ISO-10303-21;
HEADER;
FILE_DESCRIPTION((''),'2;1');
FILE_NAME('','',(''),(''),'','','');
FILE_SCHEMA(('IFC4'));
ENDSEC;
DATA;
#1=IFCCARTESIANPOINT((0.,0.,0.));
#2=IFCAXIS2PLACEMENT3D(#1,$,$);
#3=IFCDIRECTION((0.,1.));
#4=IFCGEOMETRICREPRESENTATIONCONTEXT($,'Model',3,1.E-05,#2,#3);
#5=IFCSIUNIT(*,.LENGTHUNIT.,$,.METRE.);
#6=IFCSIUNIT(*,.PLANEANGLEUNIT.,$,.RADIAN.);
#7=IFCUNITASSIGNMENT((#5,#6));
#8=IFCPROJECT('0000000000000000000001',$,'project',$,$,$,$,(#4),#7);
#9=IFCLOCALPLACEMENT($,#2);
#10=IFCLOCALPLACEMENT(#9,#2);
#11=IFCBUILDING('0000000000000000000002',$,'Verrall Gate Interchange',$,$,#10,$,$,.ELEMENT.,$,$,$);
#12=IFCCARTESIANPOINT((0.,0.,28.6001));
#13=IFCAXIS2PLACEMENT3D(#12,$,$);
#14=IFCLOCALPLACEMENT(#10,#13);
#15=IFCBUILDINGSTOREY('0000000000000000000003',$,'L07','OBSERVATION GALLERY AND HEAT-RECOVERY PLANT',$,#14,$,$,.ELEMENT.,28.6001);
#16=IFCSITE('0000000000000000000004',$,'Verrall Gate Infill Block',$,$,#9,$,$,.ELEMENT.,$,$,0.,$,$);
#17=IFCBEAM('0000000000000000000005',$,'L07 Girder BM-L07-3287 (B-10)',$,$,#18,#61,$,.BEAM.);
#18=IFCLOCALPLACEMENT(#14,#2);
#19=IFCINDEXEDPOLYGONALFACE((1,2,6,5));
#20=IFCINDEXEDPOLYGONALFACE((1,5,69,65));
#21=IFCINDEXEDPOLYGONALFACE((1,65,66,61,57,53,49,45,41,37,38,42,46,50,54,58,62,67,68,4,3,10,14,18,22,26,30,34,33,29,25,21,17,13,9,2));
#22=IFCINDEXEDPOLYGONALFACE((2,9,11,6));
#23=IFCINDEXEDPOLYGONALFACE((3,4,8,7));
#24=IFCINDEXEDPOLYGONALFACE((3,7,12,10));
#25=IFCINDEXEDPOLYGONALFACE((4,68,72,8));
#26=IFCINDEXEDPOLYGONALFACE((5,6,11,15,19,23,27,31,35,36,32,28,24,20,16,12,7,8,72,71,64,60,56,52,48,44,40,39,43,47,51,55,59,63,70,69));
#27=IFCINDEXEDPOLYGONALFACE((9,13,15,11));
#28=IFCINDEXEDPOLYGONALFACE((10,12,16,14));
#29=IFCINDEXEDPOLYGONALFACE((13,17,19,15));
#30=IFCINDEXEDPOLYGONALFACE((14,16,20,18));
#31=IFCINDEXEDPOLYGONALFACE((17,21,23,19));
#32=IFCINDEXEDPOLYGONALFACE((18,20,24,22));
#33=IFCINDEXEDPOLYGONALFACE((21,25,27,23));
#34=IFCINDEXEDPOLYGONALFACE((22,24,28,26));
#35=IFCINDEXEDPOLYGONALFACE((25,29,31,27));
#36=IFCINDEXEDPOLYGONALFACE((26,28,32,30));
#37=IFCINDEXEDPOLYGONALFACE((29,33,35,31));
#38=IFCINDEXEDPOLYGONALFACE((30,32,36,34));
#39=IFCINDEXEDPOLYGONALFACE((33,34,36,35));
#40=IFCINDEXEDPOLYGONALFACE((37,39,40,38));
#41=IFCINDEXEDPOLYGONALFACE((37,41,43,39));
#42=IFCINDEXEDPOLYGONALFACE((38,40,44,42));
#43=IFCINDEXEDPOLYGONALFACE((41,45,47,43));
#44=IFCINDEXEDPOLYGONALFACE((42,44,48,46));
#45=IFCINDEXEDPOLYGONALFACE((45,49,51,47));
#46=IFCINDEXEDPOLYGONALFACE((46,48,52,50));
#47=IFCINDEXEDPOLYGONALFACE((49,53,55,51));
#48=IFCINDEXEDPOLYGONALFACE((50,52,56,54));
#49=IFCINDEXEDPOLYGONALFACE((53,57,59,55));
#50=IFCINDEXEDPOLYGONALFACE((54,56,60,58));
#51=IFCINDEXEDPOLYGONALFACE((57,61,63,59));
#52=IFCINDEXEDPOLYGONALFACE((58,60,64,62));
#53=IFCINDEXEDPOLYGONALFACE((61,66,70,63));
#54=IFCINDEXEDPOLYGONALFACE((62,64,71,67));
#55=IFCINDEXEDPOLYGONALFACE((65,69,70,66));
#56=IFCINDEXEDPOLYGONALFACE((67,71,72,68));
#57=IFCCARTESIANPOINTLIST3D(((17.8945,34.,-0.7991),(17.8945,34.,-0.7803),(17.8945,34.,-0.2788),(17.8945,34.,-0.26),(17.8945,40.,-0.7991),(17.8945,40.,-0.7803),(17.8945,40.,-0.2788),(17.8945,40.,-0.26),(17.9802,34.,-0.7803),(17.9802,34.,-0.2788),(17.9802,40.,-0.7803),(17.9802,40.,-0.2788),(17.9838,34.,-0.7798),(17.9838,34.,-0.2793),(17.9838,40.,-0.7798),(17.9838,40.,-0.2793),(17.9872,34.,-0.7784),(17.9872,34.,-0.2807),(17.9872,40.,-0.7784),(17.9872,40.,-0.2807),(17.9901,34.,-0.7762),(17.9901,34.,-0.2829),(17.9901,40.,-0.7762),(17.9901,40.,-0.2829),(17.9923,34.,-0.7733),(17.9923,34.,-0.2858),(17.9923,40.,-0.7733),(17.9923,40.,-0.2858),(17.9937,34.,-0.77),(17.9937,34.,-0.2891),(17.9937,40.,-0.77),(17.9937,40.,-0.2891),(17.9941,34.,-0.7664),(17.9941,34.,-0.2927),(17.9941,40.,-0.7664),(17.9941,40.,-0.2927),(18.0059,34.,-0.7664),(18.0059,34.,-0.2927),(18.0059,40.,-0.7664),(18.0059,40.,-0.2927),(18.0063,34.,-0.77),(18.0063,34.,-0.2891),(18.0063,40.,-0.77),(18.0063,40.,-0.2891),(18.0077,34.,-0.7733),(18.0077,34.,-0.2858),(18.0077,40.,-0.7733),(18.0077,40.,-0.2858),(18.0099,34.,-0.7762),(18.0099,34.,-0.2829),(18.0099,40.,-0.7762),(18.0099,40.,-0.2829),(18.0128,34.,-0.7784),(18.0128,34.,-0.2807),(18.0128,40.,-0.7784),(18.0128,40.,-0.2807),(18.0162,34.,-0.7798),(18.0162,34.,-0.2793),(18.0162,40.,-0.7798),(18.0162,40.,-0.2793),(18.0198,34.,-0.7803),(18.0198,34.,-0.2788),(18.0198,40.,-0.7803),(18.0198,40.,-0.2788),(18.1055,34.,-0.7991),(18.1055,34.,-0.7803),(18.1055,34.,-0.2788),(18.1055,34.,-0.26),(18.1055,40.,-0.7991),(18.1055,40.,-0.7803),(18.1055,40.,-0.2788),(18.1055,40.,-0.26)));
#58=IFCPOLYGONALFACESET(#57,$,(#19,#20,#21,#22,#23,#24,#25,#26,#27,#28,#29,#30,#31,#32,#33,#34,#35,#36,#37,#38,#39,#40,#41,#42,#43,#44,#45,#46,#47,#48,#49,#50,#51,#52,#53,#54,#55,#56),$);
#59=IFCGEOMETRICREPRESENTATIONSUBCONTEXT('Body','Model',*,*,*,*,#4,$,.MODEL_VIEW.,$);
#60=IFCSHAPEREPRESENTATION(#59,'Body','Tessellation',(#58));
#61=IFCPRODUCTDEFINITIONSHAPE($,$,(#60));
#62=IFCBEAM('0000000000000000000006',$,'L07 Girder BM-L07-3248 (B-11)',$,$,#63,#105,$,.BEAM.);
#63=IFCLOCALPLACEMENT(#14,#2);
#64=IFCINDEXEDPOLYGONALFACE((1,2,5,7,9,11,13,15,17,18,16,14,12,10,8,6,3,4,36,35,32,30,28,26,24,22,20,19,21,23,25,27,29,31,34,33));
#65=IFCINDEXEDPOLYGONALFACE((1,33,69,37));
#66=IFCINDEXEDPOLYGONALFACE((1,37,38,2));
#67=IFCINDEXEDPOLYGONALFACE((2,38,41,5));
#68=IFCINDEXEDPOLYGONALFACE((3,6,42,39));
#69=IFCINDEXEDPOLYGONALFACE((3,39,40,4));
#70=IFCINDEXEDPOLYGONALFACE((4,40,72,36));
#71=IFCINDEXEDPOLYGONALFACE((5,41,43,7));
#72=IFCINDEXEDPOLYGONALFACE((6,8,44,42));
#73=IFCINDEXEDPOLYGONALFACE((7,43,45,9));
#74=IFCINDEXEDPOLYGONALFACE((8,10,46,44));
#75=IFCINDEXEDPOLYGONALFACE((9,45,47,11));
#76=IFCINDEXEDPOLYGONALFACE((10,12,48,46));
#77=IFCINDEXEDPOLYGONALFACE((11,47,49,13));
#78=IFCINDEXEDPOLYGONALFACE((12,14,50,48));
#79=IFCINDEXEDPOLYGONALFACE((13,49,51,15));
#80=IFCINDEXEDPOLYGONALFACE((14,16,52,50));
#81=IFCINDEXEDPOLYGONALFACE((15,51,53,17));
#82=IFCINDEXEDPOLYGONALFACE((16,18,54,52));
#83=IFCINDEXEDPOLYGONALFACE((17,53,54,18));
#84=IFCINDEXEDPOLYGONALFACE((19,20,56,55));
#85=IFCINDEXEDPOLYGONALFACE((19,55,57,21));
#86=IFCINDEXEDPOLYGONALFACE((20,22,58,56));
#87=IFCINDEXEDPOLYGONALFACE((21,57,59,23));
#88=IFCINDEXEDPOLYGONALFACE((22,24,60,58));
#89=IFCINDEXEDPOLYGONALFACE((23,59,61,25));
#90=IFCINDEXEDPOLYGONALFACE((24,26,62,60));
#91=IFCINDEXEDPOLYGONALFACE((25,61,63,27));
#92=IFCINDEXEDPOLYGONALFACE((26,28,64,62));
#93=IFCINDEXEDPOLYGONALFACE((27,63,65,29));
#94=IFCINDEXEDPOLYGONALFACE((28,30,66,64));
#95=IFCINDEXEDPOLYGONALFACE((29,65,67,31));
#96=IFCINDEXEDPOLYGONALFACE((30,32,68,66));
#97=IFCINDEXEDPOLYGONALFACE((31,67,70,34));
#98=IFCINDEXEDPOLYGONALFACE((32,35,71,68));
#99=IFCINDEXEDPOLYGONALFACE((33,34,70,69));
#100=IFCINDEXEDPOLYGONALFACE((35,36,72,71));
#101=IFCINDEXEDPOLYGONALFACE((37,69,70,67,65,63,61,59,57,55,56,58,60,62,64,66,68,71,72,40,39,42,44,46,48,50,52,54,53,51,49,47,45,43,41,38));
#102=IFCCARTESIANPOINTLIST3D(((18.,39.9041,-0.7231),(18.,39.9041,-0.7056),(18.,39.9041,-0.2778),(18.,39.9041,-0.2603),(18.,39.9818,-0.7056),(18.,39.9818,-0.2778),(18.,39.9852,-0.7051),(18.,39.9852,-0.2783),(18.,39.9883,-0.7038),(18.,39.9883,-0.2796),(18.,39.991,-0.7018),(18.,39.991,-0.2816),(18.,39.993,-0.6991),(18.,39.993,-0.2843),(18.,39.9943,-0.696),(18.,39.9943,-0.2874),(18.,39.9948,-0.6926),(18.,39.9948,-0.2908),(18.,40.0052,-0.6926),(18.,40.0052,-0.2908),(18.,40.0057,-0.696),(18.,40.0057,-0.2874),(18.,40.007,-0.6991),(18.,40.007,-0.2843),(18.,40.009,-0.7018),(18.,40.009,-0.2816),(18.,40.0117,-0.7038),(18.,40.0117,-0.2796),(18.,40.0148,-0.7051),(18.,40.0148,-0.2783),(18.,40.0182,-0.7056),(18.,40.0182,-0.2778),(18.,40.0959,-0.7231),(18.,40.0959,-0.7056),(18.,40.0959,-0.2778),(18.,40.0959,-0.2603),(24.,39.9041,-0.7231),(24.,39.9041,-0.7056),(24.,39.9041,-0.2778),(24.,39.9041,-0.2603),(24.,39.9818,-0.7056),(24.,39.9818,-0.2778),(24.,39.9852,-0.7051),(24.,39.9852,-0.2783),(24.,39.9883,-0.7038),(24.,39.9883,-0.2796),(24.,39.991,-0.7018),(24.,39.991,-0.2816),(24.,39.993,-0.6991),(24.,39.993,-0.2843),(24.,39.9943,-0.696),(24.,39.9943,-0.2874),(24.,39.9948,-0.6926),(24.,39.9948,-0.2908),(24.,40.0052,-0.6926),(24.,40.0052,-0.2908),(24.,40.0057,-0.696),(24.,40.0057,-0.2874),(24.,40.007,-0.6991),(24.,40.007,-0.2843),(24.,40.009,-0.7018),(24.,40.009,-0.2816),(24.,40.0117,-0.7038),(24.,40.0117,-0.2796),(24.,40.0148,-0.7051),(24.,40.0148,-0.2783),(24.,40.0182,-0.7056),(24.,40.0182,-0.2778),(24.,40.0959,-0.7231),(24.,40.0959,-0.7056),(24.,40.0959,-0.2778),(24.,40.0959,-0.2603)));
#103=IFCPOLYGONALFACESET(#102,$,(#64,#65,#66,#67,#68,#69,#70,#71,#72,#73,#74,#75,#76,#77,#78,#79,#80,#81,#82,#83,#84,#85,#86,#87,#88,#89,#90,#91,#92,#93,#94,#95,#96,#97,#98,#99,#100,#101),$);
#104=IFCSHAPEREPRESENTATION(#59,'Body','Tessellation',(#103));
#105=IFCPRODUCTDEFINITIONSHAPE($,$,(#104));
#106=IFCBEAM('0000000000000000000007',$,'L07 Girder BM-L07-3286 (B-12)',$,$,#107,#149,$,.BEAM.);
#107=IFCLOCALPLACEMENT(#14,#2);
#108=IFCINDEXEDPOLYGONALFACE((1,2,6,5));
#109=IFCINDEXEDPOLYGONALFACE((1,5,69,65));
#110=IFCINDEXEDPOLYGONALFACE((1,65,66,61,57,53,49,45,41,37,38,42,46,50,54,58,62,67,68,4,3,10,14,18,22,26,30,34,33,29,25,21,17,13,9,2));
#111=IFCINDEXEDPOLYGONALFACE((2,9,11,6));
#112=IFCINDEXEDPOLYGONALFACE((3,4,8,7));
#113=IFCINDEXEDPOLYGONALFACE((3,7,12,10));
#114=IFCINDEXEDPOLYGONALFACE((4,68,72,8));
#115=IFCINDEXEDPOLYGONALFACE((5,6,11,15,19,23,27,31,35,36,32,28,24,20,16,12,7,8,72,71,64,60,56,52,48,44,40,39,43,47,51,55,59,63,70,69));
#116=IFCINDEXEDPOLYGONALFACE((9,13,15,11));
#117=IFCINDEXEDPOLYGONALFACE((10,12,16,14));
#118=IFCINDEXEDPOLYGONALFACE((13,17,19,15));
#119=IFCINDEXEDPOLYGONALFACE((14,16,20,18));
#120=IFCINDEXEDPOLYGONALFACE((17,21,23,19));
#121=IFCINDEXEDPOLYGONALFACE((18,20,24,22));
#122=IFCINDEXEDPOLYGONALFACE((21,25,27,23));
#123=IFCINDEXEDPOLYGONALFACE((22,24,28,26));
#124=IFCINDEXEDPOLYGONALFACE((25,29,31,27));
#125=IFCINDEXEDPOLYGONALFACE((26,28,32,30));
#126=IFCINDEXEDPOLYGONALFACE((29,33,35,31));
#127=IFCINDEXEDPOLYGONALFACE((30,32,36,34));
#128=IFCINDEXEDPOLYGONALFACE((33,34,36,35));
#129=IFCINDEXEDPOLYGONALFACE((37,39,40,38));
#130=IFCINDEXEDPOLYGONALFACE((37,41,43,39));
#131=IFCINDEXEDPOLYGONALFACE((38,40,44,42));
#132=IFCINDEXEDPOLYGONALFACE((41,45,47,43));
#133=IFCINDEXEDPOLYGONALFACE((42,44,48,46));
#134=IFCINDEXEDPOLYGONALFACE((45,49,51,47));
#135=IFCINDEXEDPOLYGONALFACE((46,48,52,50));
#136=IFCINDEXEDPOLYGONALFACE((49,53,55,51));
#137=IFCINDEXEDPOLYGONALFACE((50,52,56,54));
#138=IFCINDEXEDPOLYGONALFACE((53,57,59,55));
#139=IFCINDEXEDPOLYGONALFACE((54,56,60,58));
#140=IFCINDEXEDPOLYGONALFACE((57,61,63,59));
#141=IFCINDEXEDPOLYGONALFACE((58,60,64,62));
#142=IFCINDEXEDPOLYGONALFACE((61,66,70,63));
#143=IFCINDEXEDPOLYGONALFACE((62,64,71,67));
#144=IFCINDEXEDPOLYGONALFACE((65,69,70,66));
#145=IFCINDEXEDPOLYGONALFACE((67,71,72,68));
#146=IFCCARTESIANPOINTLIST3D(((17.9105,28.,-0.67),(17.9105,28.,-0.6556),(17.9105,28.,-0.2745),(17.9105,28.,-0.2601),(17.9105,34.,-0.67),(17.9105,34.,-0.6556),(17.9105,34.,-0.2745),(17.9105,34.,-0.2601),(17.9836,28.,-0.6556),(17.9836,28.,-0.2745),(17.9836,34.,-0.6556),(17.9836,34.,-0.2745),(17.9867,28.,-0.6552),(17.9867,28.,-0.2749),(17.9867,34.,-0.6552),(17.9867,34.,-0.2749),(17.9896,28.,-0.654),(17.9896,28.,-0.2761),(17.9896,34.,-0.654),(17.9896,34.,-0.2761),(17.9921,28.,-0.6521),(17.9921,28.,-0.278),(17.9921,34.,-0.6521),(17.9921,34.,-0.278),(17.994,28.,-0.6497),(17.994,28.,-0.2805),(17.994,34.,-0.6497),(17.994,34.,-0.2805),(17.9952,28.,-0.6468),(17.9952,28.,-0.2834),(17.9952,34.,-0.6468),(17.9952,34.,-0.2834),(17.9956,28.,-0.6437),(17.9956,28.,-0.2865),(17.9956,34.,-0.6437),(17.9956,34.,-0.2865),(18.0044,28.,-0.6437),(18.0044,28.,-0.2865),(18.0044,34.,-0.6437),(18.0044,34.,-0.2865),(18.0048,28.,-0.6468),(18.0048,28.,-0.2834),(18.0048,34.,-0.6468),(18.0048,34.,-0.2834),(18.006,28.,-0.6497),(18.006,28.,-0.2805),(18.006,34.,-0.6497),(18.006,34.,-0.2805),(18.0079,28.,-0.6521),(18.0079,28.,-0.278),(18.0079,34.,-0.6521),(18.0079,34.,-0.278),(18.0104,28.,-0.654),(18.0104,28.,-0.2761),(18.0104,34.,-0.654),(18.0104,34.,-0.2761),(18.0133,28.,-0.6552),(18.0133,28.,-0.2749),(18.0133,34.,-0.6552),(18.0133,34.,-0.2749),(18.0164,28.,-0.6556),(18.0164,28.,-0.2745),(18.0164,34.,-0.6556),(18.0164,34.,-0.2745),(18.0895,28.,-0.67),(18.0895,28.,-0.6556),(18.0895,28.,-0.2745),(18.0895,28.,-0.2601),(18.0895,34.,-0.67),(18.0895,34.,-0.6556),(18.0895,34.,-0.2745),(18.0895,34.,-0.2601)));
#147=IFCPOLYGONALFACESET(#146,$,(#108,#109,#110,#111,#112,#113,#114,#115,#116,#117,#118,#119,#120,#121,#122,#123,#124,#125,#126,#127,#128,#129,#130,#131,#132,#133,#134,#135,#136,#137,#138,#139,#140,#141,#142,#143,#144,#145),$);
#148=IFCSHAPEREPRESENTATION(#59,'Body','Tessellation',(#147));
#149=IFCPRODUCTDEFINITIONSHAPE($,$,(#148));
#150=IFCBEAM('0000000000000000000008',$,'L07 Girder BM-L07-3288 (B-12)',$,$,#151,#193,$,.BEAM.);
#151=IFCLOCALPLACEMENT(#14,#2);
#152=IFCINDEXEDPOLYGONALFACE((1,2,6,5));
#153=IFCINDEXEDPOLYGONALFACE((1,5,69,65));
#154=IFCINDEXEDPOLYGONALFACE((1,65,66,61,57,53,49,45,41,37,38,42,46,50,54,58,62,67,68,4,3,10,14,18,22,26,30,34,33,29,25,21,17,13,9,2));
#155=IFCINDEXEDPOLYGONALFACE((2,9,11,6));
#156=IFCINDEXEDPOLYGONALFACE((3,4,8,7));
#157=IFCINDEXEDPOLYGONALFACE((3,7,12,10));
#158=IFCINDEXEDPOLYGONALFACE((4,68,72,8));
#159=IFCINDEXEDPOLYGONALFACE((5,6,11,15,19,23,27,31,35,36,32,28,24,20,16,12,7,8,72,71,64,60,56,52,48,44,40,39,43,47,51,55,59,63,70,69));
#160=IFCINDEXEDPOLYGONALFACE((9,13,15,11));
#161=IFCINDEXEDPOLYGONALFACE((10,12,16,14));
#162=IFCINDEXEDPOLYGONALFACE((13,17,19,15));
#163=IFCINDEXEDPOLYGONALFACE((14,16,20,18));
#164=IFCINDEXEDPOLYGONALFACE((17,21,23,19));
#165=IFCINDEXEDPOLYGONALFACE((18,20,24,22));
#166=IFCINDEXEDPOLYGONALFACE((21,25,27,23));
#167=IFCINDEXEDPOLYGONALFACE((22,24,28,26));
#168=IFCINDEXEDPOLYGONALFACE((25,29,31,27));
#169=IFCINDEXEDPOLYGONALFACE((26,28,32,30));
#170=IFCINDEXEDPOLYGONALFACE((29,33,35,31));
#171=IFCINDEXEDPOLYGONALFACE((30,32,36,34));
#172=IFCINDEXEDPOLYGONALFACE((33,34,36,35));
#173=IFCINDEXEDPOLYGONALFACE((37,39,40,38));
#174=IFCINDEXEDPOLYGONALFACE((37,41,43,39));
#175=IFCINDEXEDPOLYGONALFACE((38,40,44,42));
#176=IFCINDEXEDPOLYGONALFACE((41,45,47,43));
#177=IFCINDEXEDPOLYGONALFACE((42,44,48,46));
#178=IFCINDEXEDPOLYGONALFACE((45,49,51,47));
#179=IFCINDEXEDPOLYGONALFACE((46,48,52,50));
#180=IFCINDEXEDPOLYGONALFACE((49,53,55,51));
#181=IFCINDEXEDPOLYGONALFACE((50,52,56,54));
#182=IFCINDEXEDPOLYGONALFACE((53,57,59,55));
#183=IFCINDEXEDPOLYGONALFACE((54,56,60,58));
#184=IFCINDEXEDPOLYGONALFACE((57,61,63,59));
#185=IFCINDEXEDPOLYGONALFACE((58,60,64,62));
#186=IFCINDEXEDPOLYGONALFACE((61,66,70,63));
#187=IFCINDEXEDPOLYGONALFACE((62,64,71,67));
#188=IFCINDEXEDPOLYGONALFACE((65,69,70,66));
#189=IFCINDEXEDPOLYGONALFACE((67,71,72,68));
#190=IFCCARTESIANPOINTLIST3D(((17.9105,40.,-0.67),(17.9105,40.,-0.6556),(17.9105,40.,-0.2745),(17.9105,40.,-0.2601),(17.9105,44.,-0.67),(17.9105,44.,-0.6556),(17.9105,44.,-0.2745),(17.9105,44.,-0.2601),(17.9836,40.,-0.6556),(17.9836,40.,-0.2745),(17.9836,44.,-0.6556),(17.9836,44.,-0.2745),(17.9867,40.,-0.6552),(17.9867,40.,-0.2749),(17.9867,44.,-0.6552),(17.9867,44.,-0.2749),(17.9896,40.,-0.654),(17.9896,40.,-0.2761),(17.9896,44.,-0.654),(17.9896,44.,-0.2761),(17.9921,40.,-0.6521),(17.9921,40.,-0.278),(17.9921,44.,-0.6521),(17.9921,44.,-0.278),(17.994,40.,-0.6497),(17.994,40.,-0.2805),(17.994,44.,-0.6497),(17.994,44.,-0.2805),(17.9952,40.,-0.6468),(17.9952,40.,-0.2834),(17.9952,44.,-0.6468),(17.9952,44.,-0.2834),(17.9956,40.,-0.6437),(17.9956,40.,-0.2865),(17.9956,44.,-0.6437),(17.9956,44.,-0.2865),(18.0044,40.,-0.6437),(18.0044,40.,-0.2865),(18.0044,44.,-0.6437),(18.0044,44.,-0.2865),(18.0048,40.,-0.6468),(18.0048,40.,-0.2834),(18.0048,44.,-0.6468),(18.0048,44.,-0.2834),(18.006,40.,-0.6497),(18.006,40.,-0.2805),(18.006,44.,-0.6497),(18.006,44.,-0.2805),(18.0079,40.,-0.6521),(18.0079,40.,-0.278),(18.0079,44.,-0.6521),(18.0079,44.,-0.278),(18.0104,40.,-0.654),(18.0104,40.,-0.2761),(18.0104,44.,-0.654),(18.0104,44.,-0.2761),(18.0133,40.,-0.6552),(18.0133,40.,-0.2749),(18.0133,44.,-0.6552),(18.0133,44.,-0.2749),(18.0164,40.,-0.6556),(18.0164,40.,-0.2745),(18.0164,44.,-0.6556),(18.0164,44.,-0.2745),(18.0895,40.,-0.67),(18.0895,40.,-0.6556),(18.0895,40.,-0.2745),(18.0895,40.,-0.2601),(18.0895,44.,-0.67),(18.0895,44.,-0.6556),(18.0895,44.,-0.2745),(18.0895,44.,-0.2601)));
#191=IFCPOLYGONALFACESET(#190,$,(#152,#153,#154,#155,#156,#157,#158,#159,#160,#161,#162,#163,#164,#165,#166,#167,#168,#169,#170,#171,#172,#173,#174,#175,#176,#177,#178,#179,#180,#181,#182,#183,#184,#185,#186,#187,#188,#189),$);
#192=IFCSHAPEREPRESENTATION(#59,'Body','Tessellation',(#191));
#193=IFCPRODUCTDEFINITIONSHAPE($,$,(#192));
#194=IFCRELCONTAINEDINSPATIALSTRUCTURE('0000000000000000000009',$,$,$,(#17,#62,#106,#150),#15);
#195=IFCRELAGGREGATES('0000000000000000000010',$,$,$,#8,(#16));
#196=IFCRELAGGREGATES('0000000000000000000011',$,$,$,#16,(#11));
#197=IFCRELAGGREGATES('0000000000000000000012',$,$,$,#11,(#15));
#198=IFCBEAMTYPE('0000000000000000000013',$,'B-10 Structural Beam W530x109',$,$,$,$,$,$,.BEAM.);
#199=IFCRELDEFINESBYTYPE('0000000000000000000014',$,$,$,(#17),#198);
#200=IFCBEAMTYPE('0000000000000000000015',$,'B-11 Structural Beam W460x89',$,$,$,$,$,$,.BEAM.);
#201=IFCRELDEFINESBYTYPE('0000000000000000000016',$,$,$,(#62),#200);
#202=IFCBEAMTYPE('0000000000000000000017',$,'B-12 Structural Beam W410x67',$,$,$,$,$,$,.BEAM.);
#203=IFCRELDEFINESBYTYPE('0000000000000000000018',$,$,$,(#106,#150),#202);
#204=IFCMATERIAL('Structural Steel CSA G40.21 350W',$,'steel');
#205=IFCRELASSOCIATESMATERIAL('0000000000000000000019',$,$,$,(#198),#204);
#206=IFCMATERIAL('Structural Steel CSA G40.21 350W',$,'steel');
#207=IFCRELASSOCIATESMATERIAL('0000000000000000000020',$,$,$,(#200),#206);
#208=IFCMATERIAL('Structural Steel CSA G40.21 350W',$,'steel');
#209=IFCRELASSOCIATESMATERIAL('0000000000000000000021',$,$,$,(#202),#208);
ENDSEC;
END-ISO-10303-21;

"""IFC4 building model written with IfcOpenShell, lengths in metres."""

from ifc_helpers import new_model, si_unit, direction, frame, origin, origin_2d, place, context, subcontext, project, spatial, i_section, extrude, material, material_profile, profile_set, type_object, element, save


model = new_model("IFC4")

# Units and contexts
model_context = context("Model", 3, precision=1e-05, world=origin(), true_north=direction((0.0, 1.0)))
body_context = subcontext(model_context, "Body", "Model", "MODEL_VIEW")
ifc_project = project(units=[si_unit("LENGTHUNIT", "METRE"), si_unit("PLANEANGLEUNIT", "RADIAN")], contexts=[model_context])

# Site, building, storey
site_placement = place(None, origin())
site = spatial("IfcSite", under=ifc_project, at=site_placement, Name="Verrall Gate Infill Block", CompositionType="ELEMENT", RefElevation=0.0)
building_placement = place(site_placement, origin())
building = spatial("IfcBuilding", under=site, at=building_placement, Name="Verrall Gate Interchange", CompositionType="ELEMENT")
storey_placement = place(building_placement, frame((0.0, 0.0, 28.6001)))
storey = spatial("IfcBuildingStorey", under=building, at=storey_placement, Name="L07", Description="OBSERVATION GALLERY AND HEAT-RECOVERY PLANT", CompositionType="ELEMENT", Elevation=28.6001)

# Beams
ifc_material_1 = material(Name="Structural Steel CSA G40.21 350W", Category="steel")
ifc_material_profile_1 = material_profile(ifc_material_1, i_section(OverallWidth=0.2109, OverallDepth=0.5391, WebThickness=0.0117, FlangeThickness=0.0188, FilletRadius=0.0139, at=origin_2d()), Name="W530x109")
ifc_profile_set_1 = profile_set([ifc_material_profile_1], Name="Structural Steel CSA G40.21 350W")
beam_type_1 = type_object("IfcBeamType", Name="B-10 Structural Beam W530x109", PredefinedType="BEAM", material=ifc_profile_set_1)
beam_1_placement = place(storey_placement, frame((18.0, 34.0, -0.5295), z_axis=(0.0, 1.0, 0.0), x_axis=(-1.0, 0.0, 0.0)))
element("IfcBeam", 1, at=beam_1_placement, inside=storey, type_object=beam_type_1, Name="L07 Girder BM-L07-3287 (B-10)", PredefinedType="BEAM", context=body_context, shape_type="SweptSolid", body=[
    extrude(i_section(OverallWidth=0.2109, OverallDepth=0.5391, WebThickness=0.0117, FlangeThickness=0.0188, FilletRadius=0.0139, at=origin_2d()), origin(), (0.0, 0.0, 1.0), 6.0),
])
ifc_material_2 = material(Name="Structural Steel CSA G40.21 350W", Category="steel")
ifc_material_profile_2 = material_profile(ifc_material_2, i_section(OverallWidth=0.1919, OverallDepth=0.4629, WebThickness=0.0105, FlangeThickness=0.0176, FilletRadius=0.0129, at=origin_2d()), Name="W460x89")
ifc_profile_set_2 = profile_set([ifc_material_profile_2], Name="Structural Steel CSA G40.21 350W")
beam_type_2 = type_object("IfcBeamType", Name="B-11 Structural Beam W460x89", PredefinedType="BEAM", material=ifc_profile_set_2)
beam_2_placement = place(storey_placement, frame((18.0, 40.0, -0.4917), z_axis=(1.0, 0.0, 0.0), x_axis=(0.0, 1.0, 0.0)))
element("IfcBeam", 2, at=beam_2_placement, inside=storey, type_object=beam_type_2, Name="L07 Girder BM-L07-3248 (B-11)", PredefinedType="BEAM", context=body_context, shape_type="SweptSolid", body=[
    extrude(i_section(OverallWidth=0.1919, OverallDepth=0.4629, WebThickness=0.0105, FlangeThickness=0.0176, FilletRadius=0.0129, at=origin_2d()), origin(), (0.0, 0.0, 1.0), 6.0),
])
ifc_material_3 = material(Name="Structural Steel CSA G40.21 350W", Category="steel")
ifc_material_profile_3 = material_profile(ifc_material_3, i_section(OverallWidth=0.179, OverallDepth=0.4099, WebThickness=0.0088, FlangeThickness=0.0144, FilletRadius=0.012, at=origin_2d()), Name="W410x67")
ifc_profile_set_3 = profile_set([ifc_material_profile_3], Name="Structural Steel CSA G40.21 350W")
beam_type_3 = type_object("IfcBeamType", Name="B-12 Structural Beam W410x67", PredefinedType="BEAM", material=ifc_profile_set_3)
beam_3_placement = place(storey_placement, frame((18.0, 28.0, -0.4651), z_axis=(0.0, 1.0, 0.0), x_axis=(-1.0, 0.0, 0.0)))
element("IfcBeam", 3, at=beam_3_placement, inside=storey, type_object=beam_type_3, Name="L07 Girder BM-L07-3286 (B-12)", PredefinedType="BEAM", context=body_context, shape_type="SweptSolid", body=[
    extrude(i_section(OverallWidth=0.179, OverallDepth=0.4099, WebThickness=0.0088, FlangeThickness=0.0144, FilletRadius=0.012, at=origin_2d()), origin(), (0.0, 0.0, 1.0), 6.0),
])
beam_4_placement = place(storey_placement, frame((18.0, 40.0, -0.4651), z_axis=(0.0, 1.0, 0.0), x_axis=(-1.0, 0.0, 0.0)))
element("IfcBeam", 4, at=beam_4_placement, inside=storey, type_object=beam_type_3, Name="L07 Girder BM-L07-3288 (B-12)", PredefinedType="BEAM", context=body_context, shape_type="SweptSolid", body=[
    extrude(i_section(OverallWidth=0.179, OverallDepth=0.4099, WebThickness=0.0088, FlangeThickness=0.0144, FilletRadius=0.012, at=origin_2d()), origin(), (0.0, 0.0, 1.0), 4.0),
])

save(model, "model.ifc")
